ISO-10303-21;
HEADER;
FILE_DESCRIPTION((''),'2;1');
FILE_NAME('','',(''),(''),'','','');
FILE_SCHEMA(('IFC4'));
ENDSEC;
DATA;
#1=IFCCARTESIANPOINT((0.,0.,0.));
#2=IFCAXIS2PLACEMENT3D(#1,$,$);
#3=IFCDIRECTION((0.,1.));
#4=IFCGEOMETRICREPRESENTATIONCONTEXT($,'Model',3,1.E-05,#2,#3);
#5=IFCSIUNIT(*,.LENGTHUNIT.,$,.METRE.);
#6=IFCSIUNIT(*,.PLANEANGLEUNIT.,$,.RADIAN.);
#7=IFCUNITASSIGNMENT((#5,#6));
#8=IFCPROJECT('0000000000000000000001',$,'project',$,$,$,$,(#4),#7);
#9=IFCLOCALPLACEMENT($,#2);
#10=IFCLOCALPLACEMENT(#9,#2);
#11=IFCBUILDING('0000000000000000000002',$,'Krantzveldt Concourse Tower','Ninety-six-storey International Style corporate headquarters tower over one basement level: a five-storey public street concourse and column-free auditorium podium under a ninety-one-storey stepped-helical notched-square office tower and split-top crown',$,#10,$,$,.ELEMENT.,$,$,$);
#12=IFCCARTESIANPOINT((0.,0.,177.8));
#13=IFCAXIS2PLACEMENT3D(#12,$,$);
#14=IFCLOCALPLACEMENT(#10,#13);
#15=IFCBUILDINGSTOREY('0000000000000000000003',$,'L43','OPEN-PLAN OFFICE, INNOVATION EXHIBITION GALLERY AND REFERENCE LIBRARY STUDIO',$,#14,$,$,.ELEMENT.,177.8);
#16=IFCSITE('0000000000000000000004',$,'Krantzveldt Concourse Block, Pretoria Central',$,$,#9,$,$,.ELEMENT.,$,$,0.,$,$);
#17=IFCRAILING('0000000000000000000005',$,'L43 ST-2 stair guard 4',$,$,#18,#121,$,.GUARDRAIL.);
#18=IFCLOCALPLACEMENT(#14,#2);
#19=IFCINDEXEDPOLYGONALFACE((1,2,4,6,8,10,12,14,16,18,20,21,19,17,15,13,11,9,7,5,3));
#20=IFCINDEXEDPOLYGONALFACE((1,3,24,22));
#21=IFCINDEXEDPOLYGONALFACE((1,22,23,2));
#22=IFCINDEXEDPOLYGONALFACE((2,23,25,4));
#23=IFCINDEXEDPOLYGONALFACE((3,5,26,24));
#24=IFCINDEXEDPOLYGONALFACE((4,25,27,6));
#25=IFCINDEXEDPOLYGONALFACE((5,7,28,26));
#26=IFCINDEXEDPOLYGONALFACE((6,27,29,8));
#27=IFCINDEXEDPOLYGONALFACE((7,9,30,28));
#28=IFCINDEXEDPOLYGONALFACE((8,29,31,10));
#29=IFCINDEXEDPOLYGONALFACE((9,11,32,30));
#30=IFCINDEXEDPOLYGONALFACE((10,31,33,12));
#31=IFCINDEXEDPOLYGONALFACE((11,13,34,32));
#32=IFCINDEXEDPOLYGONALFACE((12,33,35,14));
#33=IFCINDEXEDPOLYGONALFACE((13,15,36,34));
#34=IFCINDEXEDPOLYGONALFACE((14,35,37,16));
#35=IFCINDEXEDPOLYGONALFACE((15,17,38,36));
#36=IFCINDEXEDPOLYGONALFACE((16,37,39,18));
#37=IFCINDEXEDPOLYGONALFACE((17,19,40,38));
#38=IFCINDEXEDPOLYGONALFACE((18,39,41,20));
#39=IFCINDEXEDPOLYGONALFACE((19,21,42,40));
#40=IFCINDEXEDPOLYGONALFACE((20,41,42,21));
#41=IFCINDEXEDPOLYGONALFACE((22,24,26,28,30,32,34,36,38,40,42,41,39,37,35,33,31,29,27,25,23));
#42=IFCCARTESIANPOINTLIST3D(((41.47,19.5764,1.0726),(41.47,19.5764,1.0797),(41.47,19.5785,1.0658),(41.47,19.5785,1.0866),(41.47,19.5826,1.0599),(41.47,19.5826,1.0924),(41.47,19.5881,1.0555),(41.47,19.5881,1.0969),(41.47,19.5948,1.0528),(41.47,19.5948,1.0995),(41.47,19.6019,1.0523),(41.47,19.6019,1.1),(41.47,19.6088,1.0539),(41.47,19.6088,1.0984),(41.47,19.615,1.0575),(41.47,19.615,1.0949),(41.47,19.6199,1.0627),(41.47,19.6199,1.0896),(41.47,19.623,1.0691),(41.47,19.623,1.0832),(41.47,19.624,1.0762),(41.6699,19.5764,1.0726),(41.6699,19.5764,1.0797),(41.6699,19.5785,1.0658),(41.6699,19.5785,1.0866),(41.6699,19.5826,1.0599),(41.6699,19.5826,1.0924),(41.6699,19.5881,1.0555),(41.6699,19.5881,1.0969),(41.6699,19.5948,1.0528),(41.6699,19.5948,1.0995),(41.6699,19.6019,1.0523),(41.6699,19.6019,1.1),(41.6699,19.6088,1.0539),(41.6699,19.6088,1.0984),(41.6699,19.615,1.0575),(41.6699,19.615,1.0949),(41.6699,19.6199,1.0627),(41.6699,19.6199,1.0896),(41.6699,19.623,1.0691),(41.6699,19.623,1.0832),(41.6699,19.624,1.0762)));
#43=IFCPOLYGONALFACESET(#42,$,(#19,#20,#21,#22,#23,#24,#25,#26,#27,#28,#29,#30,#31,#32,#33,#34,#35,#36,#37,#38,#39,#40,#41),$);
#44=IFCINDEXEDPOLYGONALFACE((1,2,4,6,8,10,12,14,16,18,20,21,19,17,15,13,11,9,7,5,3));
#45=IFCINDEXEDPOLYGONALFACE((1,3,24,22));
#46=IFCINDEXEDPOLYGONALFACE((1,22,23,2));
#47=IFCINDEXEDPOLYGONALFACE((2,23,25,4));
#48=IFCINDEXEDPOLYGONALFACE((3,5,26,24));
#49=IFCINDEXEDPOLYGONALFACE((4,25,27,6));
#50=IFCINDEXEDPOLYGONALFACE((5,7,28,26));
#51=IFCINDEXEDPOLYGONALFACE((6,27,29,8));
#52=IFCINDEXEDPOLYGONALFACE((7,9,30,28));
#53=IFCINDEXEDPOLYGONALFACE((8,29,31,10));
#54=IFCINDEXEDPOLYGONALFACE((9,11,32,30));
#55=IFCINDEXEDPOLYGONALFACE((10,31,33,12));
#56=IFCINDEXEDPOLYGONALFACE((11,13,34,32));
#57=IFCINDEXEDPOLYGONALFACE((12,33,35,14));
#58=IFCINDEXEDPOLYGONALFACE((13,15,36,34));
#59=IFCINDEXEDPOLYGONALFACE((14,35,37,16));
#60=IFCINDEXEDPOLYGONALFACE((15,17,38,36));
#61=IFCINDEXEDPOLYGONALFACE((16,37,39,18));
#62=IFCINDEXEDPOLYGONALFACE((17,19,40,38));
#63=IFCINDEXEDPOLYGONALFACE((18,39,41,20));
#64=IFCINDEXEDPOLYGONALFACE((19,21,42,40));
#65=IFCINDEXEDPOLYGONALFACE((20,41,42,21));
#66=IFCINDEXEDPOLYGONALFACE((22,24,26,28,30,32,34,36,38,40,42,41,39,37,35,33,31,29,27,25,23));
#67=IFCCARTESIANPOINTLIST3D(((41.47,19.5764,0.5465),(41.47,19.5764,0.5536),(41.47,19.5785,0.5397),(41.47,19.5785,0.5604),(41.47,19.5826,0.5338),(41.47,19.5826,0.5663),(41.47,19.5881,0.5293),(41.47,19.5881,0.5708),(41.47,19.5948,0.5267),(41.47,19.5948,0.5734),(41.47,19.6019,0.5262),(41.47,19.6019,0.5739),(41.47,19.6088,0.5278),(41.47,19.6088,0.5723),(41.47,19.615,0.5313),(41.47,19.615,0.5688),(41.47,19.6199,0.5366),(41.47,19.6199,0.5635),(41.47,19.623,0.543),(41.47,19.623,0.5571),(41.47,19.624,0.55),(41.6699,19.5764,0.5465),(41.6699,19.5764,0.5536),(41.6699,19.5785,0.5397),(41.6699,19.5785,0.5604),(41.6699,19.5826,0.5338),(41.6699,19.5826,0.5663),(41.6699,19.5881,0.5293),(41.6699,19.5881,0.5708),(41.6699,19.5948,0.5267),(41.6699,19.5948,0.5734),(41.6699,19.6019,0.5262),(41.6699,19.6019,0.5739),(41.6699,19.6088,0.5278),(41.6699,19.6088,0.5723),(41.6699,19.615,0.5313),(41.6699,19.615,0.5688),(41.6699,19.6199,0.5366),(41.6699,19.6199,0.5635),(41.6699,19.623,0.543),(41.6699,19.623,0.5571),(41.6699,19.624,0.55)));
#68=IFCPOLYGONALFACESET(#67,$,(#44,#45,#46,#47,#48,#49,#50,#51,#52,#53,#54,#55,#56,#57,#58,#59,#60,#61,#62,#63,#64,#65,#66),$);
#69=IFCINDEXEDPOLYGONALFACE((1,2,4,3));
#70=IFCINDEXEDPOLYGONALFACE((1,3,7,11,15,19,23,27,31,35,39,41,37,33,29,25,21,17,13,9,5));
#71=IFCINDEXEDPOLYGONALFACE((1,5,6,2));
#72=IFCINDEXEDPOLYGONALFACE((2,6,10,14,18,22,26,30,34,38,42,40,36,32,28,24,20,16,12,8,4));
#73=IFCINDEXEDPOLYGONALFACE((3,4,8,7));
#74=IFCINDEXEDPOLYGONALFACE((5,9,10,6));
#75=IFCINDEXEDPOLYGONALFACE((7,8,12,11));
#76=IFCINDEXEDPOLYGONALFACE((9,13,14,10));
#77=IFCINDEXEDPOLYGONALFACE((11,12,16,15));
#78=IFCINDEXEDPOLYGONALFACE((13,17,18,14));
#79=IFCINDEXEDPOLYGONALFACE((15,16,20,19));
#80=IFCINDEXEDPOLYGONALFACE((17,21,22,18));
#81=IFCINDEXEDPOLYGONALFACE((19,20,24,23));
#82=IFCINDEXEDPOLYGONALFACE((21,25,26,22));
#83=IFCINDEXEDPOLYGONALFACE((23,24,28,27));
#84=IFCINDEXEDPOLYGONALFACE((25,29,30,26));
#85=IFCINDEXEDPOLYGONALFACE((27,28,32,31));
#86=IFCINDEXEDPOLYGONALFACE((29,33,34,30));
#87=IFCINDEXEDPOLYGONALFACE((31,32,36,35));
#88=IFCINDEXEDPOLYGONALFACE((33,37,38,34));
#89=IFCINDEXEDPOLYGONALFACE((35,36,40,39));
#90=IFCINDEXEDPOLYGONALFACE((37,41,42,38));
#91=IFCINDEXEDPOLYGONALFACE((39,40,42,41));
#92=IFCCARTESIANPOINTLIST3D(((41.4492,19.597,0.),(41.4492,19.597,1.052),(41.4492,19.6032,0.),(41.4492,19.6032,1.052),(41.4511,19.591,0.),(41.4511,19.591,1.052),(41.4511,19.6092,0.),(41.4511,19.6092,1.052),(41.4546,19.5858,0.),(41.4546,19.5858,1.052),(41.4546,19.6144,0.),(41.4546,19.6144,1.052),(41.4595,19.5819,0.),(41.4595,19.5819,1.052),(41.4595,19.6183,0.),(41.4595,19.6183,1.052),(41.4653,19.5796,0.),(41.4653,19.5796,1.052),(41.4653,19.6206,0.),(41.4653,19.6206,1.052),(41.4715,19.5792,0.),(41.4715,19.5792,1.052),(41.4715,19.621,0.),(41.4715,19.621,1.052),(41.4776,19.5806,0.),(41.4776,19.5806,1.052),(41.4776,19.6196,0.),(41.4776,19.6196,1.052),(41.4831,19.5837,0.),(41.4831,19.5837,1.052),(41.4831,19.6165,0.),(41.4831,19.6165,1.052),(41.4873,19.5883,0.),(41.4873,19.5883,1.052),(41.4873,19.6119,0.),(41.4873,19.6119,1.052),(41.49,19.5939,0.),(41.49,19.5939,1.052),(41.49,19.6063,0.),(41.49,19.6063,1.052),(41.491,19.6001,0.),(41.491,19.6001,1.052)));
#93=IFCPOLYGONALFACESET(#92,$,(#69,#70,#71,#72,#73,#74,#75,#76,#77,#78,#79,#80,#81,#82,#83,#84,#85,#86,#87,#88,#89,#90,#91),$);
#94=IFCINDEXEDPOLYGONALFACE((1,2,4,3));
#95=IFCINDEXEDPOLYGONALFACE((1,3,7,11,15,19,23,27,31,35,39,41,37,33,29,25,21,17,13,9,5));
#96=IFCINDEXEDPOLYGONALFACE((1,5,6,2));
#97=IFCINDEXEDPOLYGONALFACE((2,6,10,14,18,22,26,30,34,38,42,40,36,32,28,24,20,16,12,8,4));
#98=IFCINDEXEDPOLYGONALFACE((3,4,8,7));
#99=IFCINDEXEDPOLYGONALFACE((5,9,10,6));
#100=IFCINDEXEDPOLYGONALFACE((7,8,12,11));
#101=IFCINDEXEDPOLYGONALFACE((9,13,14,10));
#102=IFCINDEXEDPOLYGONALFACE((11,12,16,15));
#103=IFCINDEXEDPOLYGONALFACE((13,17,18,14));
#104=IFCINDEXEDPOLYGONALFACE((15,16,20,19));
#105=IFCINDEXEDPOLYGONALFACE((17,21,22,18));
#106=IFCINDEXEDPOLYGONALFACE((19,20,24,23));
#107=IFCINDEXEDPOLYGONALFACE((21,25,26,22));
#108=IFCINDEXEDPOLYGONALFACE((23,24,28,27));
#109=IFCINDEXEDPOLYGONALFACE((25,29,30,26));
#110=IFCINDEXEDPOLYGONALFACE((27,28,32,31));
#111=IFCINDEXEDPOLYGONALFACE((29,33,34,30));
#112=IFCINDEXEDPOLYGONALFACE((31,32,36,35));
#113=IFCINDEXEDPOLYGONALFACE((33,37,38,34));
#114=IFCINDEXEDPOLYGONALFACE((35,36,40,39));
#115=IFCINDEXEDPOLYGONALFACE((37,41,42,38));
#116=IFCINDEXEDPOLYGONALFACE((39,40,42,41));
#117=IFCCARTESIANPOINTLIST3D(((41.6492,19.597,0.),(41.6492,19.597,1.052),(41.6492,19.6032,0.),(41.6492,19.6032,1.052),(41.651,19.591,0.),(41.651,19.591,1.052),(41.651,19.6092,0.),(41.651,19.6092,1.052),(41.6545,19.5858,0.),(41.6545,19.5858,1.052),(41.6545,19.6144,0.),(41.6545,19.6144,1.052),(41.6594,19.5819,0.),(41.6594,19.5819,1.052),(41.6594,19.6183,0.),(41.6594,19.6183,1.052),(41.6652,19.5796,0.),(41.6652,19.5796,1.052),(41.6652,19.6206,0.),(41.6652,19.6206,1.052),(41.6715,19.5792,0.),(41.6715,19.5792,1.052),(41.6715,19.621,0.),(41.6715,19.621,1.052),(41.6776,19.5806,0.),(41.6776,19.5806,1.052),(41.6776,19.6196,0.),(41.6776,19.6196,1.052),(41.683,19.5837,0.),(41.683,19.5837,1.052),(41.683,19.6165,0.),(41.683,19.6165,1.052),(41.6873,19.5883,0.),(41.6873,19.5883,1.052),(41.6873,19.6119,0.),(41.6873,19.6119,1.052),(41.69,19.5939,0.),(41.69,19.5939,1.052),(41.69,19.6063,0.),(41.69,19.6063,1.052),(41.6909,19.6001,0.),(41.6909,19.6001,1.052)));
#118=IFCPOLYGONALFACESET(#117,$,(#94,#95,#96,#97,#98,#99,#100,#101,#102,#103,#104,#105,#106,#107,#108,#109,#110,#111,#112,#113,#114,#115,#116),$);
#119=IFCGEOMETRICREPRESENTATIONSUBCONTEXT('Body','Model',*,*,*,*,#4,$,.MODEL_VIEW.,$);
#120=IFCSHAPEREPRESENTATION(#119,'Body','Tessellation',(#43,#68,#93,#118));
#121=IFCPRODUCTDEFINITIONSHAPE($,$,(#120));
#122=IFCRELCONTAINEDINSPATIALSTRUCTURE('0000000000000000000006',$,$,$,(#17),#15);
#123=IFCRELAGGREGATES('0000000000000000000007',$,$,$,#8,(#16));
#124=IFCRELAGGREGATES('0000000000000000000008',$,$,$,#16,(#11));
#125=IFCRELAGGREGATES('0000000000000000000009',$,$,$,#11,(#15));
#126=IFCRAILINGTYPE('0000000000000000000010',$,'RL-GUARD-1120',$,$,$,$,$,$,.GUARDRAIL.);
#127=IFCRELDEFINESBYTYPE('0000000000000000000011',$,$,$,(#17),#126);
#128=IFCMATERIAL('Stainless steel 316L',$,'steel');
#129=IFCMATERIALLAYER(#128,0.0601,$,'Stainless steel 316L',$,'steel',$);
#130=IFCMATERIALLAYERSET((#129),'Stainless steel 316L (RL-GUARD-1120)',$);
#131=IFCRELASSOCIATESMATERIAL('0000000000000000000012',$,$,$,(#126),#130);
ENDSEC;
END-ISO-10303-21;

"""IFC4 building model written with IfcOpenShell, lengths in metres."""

from ifc_helpers import new_model, si_unit, direction, frame, origin, origin_2d, place, context, subcontext, project, spatial, circle, extrude, material, layer, layer_set, type_object, element, save


model = new_model("IFC4")

# Units and contexts
model_context = context("Model", 3, precision=1e-05, world=origin(), true_north=direction((0.0, 1.0)))
body_context = subcontext(model_context, "Body", "Model", "MODEL_VIEW")
ifc_project = project(units=[si_unit("LENGTHUNIT", "METRE"), si_unit("PLANEANGLEUNIT", "RADIAN")], contexts=[model_context])

# Site, building, storey
site_placement = place(None, origin())
site = spatial("IfcSite", under=ifc_project, at=site_placement, Name="Krantzveldt Concourse Block, Pretoria Central", CompositionType="ELEMENT", RefElevation=0.0)
building_placement = place(site_placement, origin())
building = spatial("IfcBuilding", under=site, at=building_placement, Name="Krantzveldt Concourse Tower", Description="Ninety-six-storey International Style corporate headquarters tower over one basement level: a five-storey public street concourse and column-free auditorium podium under a ninety-one-storey stepped-helical notched-square office tower and split-top crown", CompositionType="ELEMENT")
storey_placement = place(building_placement, frame((0.0, 0.0, 177.8)))
storey = spatial("IfcBuildingStorey", under=building, at=storey_placement, Name="L43", Description="OPEN-PLAN OFFICE, INNOVATION EXHIBITION GALLERY AND REFERENCE LIBRARY STUDIO", CompositionType="ELEMENT", Elevation=177.8)

# Shared definitions
ifc_material_1 = material(Name="Stainless steel 316L", Category="steel")

# Railing
ifc_layer_1 = layer(ifc_material_1, 0.0601, Name="Stainless steel 316L", Category="steel")
ifc_layer_set_1 = layer_set([ifc_layer_1], Name="Stainless steel 316L (RL-GUARD-1120)")
railing_type_1 = type_object("IfcRailingType", Name="RL-GUARD-1120", PredefinedType="GUARDRAIL", material=ifc_layer_set_1)
railing_1_placement = place(storey_placement, frame((41.47, 19.6001, 0.0)))
element("IfcRailing", 1, at=railing_1_placement, inside=storey, type_object=railing_type_1, Name="L43 ST-2 stair guard 4", PredefinedType="GUARDRAIL", context=body_context, shape_type="SweptSolid", body=[
    extrude(circle(Radius=0.0239, at=origin_2d()), frame((0.0, 0.0, 1.0762), z_axis=(1.0, 0.0, 0.0), x_axis=(0.0, 1.0, 0.0)), (0.0, 0.0, 1.0), 0.2),
    extrude(circle(Radius=0.0239, at=origin_2d()), frame((0.0, 0.0, 0.55), z_axis=(1.0, 0.0, 0.0), x_axis=(0.0, 1.0, 0.0)), (0.0, 0.0, 1.0), 0.2),
    extrude(circle(Radius=0.021, at=origin_2d()), origin(), (0.0, 0.0, 1.0), 1.052),
    extrude(circle(Radius=0.021, at=origin_2d()), frame((0.2, 0.0, 0.0)), (0.0, 0.0, 1.0), 1.052),
])

save(model, "model.ifc")
